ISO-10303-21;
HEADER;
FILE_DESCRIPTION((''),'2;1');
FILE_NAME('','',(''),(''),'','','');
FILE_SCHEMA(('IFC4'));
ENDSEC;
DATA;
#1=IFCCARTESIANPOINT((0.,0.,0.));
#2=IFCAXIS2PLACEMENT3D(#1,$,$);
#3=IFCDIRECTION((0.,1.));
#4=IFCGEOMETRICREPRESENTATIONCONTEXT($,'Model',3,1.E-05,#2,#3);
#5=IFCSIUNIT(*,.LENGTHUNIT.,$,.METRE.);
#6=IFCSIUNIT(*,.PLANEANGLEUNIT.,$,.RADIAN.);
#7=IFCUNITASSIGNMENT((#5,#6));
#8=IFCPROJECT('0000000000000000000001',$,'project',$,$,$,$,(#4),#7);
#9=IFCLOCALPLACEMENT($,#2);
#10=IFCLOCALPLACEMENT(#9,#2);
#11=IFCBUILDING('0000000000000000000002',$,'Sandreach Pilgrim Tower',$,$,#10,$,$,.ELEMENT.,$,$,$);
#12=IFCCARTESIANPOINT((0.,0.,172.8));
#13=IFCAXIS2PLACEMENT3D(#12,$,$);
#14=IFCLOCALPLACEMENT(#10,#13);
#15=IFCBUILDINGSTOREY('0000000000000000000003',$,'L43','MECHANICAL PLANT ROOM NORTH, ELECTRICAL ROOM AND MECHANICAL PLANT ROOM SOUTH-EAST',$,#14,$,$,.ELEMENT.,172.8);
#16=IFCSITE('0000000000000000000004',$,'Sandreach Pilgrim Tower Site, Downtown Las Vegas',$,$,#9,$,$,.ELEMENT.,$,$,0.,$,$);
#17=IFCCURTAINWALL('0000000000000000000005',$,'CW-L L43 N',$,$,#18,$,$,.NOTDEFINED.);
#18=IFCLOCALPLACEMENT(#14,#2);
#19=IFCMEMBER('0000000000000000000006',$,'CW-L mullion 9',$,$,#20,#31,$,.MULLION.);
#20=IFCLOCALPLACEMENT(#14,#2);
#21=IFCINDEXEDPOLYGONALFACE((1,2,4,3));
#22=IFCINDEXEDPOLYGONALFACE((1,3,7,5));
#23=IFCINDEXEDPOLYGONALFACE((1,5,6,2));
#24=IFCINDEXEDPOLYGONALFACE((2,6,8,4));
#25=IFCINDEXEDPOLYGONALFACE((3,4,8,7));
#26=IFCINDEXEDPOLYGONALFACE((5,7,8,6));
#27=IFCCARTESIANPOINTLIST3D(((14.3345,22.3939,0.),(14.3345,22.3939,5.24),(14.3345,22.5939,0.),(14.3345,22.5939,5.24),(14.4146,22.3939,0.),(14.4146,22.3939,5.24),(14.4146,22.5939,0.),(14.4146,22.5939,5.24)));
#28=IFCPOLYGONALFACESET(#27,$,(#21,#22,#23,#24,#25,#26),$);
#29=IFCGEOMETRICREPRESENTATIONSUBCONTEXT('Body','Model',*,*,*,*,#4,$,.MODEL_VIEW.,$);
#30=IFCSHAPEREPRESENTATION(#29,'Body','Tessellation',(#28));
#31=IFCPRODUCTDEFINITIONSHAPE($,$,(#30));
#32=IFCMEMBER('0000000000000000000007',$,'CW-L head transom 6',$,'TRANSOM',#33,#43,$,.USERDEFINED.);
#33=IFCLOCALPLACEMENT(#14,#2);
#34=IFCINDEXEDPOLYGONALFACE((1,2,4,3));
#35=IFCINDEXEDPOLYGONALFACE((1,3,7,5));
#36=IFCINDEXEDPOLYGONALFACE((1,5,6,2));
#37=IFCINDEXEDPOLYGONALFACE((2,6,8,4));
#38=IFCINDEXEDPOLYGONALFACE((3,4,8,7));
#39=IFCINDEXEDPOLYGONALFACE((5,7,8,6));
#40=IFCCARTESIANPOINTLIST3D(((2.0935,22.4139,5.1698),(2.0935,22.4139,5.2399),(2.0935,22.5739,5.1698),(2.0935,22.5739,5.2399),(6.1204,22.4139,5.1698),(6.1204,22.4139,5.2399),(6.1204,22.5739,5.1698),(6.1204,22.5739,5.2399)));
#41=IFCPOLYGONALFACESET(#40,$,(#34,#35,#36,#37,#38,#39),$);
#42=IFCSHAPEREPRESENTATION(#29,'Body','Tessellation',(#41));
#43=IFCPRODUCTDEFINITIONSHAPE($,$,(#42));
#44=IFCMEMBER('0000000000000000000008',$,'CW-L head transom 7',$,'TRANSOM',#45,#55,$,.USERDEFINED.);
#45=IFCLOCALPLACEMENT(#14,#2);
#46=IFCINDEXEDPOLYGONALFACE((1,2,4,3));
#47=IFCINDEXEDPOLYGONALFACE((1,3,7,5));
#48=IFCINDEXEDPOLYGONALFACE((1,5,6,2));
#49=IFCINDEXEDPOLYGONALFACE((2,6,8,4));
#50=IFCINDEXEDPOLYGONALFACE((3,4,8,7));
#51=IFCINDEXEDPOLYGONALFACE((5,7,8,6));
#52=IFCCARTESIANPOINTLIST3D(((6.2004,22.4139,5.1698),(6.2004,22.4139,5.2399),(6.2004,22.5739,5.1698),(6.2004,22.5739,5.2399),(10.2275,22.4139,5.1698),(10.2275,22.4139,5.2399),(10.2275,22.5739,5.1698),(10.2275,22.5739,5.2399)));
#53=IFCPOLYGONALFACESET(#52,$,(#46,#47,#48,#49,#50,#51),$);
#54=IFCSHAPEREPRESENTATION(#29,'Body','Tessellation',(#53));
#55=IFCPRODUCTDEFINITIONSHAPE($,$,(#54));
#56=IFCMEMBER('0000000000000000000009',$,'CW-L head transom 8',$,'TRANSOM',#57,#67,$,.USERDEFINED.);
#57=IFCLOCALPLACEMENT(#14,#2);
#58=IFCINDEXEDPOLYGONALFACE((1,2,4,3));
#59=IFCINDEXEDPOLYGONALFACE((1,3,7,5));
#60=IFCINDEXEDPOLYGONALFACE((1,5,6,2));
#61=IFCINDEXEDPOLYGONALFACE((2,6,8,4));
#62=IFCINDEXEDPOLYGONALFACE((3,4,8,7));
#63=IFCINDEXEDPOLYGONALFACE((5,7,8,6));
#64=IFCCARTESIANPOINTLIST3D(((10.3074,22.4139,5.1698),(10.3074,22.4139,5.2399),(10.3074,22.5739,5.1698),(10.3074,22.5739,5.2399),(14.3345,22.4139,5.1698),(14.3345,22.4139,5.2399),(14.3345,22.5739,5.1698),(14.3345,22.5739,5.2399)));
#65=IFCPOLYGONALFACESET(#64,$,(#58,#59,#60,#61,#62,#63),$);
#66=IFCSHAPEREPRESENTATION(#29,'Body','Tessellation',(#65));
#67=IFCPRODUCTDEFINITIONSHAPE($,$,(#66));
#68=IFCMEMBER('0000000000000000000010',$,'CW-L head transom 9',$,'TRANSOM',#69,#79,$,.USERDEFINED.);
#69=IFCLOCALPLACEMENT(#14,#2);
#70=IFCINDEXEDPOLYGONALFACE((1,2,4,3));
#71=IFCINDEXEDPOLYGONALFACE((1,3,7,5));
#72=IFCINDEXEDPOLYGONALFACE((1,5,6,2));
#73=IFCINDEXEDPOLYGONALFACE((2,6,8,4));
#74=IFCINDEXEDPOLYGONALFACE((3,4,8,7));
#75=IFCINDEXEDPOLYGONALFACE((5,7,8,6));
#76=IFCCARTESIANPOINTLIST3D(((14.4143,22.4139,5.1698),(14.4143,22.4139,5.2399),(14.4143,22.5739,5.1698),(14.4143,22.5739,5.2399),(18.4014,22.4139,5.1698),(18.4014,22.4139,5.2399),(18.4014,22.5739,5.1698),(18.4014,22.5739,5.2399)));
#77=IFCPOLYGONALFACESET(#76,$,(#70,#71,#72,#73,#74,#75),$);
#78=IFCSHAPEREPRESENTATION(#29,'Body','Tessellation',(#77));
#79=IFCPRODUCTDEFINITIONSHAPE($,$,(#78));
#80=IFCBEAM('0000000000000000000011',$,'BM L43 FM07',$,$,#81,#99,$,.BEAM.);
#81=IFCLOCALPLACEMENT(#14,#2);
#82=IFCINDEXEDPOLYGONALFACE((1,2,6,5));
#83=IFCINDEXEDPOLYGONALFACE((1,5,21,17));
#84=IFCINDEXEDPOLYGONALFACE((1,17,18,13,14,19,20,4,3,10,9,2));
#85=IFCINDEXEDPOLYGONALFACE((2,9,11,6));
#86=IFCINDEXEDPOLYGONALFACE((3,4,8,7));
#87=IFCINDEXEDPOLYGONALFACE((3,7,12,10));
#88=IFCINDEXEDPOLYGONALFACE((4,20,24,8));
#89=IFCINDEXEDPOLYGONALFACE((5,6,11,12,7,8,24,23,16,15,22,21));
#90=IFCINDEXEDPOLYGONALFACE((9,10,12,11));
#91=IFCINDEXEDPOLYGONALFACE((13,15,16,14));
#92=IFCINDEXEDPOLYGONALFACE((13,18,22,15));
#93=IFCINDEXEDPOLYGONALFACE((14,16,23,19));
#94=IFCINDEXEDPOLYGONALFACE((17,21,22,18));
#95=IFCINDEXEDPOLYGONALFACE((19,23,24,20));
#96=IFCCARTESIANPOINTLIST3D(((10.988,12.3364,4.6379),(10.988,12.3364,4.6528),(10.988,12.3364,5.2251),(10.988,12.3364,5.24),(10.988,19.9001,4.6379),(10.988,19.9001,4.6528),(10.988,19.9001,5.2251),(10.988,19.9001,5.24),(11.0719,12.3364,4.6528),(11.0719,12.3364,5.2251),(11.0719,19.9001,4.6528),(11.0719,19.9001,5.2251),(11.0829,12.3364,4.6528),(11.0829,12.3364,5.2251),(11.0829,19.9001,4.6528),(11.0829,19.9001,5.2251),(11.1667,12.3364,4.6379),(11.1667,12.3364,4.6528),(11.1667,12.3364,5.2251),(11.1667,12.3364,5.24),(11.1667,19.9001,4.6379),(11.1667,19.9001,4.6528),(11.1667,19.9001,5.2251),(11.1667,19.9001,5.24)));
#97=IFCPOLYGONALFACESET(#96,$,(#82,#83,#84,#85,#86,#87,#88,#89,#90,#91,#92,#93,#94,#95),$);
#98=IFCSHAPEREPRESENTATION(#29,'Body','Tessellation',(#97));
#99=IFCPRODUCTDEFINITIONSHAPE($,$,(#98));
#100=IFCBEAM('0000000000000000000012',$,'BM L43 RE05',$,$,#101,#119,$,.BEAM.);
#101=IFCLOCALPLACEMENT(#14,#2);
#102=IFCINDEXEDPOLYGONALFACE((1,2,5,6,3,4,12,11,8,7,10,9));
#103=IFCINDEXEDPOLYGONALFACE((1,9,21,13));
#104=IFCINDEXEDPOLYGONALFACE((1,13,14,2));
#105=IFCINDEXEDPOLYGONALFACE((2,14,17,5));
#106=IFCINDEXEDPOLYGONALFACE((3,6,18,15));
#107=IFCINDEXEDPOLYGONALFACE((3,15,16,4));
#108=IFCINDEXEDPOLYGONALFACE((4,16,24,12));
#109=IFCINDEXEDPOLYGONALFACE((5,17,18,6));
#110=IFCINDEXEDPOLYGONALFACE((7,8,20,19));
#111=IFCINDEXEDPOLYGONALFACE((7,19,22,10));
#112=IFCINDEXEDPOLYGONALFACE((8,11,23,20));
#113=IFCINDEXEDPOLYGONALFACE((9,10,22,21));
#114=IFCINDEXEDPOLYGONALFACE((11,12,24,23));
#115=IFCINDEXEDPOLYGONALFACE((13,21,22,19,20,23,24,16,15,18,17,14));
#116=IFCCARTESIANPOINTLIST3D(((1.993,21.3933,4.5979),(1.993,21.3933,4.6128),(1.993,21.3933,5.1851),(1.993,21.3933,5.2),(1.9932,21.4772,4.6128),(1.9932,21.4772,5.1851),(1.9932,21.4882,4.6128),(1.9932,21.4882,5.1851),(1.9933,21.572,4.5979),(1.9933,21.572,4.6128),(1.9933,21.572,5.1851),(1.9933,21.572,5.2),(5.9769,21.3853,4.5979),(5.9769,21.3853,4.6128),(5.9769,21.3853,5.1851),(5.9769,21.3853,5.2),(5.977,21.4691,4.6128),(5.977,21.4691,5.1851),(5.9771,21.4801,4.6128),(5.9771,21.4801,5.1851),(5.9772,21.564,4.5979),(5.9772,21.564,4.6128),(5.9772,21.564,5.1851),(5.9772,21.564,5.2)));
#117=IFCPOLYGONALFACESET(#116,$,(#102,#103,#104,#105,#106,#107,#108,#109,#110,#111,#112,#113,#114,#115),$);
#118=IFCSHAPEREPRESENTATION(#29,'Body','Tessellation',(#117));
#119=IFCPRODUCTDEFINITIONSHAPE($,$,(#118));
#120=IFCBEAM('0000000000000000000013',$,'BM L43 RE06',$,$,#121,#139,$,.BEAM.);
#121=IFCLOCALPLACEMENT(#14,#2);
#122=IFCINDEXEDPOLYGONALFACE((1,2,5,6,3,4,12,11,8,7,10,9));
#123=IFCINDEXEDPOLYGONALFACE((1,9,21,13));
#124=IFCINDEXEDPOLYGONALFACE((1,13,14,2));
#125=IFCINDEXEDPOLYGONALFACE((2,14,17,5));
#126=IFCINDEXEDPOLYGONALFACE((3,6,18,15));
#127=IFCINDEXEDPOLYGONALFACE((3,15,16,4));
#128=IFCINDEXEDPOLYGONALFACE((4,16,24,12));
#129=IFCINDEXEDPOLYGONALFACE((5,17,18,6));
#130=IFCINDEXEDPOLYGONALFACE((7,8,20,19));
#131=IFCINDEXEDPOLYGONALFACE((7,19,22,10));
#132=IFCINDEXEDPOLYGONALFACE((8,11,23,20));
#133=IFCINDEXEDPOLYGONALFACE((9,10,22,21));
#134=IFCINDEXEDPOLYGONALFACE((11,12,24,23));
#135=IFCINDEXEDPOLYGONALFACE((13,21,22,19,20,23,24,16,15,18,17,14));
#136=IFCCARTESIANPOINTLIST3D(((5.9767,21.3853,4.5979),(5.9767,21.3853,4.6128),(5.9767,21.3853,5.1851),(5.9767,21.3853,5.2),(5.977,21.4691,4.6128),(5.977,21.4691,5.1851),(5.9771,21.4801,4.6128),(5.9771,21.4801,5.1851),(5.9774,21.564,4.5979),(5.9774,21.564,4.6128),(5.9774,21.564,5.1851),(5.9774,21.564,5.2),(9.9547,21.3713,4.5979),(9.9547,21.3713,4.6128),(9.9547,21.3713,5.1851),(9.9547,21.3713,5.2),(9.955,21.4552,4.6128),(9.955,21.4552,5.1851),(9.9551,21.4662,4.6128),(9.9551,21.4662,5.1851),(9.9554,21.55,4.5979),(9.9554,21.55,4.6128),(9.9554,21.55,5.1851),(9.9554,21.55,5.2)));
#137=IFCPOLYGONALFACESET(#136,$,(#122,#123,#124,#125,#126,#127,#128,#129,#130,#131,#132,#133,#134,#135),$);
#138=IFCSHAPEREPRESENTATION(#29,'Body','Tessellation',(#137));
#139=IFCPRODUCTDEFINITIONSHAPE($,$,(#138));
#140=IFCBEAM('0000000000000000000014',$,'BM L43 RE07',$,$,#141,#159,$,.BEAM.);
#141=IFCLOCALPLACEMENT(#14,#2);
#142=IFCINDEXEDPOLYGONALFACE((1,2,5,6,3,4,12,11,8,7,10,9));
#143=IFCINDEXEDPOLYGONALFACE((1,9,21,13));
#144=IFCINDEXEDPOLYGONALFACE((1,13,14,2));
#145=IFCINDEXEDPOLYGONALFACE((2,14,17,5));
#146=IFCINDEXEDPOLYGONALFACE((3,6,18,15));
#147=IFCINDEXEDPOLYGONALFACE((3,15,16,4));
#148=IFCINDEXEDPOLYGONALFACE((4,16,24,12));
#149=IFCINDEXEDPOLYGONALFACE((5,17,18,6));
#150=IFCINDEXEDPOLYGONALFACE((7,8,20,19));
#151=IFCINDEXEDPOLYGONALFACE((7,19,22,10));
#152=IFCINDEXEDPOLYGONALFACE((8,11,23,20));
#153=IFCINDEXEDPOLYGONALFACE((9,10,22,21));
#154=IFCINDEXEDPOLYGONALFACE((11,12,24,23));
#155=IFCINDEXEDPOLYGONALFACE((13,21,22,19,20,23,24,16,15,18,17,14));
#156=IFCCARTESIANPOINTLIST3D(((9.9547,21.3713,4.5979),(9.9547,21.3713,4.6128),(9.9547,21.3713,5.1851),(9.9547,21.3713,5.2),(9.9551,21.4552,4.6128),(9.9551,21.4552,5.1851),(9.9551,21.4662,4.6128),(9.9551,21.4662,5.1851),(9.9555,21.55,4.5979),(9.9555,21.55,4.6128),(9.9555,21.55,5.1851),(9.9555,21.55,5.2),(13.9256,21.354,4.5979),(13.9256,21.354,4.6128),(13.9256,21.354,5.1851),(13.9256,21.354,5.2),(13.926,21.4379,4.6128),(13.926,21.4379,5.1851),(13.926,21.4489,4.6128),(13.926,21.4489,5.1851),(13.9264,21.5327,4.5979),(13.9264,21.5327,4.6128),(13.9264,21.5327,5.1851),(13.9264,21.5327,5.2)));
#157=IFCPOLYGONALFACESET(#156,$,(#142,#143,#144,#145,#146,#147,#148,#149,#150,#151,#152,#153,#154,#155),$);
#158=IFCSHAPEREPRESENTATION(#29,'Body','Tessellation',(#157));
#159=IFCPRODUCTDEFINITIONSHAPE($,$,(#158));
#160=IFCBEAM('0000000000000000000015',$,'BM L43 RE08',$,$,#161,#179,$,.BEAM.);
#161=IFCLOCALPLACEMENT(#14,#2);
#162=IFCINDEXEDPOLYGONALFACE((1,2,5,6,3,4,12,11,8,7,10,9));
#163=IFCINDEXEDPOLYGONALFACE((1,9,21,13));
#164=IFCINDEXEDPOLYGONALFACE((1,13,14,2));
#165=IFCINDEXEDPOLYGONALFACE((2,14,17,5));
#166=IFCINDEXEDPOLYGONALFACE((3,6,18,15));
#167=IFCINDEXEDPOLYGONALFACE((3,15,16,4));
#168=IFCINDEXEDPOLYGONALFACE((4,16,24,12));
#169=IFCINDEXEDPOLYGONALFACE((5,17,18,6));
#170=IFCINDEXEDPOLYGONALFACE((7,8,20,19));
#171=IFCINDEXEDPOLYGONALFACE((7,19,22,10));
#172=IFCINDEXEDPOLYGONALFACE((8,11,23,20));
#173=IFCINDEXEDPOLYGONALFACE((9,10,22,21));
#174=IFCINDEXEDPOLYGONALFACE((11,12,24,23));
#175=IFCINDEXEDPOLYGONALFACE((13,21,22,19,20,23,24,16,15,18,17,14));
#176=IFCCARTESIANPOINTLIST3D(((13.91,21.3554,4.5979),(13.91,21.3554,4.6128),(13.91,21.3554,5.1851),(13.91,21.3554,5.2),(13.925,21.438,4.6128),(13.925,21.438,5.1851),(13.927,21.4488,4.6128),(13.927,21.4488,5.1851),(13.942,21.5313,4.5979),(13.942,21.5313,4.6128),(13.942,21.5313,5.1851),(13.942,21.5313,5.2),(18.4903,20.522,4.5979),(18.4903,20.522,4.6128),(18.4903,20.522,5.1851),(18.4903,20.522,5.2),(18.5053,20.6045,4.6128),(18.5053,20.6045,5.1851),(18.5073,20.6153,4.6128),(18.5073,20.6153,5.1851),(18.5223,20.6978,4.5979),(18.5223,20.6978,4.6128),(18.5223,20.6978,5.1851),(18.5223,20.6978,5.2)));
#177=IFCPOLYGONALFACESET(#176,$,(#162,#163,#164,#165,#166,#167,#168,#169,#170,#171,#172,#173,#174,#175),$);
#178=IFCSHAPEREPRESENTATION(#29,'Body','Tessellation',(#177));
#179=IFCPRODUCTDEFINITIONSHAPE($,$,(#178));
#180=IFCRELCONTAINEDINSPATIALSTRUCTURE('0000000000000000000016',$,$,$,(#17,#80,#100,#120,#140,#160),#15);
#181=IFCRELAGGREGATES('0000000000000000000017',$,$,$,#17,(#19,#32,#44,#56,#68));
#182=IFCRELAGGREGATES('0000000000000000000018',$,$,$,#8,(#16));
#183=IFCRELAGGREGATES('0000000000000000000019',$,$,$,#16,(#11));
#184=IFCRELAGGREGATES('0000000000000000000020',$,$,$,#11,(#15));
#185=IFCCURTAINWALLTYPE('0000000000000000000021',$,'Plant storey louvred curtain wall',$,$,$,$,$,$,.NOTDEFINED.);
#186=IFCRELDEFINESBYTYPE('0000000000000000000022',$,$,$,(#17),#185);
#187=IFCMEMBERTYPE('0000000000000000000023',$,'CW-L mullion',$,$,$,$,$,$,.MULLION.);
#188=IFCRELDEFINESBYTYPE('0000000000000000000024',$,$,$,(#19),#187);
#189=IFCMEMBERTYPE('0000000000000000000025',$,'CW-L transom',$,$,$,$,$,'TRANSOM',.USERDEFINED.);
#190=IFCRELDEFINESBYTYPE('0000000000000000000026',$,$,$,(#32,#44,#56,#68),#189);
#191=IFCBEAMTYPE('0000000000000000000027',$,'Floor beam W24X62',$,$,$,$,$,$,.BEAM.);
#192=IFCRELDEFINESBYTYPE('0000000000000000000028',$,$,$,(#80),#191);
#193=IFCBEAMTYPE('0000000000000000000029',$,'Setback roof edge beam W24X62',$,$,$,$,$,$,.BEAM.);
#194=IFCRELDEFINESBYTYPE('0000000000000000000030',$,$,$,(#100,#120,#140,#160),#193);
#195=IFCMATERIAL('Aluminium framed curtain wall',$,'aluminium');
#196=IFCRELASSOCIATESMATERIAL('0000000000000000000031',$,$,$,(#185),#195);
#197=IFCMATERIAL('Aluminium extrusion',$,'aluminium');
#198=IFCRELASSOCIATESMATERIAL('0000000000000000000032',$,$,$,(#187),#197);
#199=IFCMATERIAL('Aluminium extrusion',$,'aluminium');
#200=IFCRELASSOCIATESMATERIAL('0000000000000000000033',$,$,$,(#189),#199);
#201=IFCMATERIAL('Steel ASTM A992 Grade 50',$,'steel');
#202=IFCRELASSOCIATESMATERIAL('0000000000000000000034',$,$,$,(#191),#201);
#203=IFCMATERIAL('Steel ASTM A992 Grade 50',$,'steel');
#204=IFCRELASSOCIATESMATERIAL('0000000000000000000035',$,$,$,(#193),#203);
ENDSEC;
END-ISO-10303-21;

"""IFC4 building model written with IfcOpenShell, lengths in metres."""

from ifc_helpers import new_model, si_unit, direction, frame, origin, origin_2d, place, context, subcontext, project, spatial, rectangle, i_section, extrude, material, material_profile, profile_set, type_object, element, aggregate, save


model = new_model("IFC4")

# Units and contexts
model_context = context("Model", 3, precision=1e-05, world=origin(), true_north=direction((0.0, 1.0)))
body_context = subcontext(model_context, "Body", "Model", "MODEL_VIEW")
ifc_project = project(units=[si_unit("LENGTHUNIT", "METRE"), si_unit("PLANEANGLEUNIT", "RADIAN")], contexts=[model_context])

# Site, building, storey
site_placement = place(None, origin())
site = spatial("IfcSite", under=ifc_project, at=site_placement, Name="Sandreach Pilgrim Tower Site, Downtown Las Vegas", CompositionType="ELEMENT", RefElevation=0.0)
building_placement = place(site_placement, origin())
building = spatial("IfcBuilding", under=site, at=building_placement, Name="Sandreach Pilgrim Tower", CompositionType="ELEMENT")
storey_placement = place(building_placement, frame((0.0, 0.0, 172.8)))
storey = spatial("IfcBuildingStorey", under=building, at=storey_placement, Name="L43", Description="MECHANICAL PLANT ROOM NORTH, ELECTRICAL ROOM AND MECHANICAL PLANT ROOM SOUTH-EAST", CompositionType="ELEMENT", Elevation=172.8)

# Curtain wall, members
ifc_material_1 = material(Name="Aluminium framed curtain wall", Category="aluminium")
curtain_wall_type = type_object("IfcCurtainWallType", Name="Plant storey louvred curtain wall", PredefinedType="NOTDEFINED", material=ifc_material_1)
curtain_wall_placement = place(storey_placement, origin())
curtain_wall = element("IfcCurtainWall", 1, at=curtain_wall_placement, inside=storey, type_object=curtain_wall_type, Name="CW-L L43 N", PredefinedType="NOTDEFINED")
ifc_material_2 = material(Name="Aluminium extrusion", Category="aluminium")
ifc_material_profile_1 = material_profile(ifc_material_2, rectangle(XDim=0.0801, YDim=0.2, at=origin_2d()), Name="CW-LM 80X200")
ifc_profile_set_1 = profile_set([ifc_material_profile_1], Name="Aluminium extrusion")
member_type_1 = type_object("IfcMemberType", Name="CW-L mullion", PredefinedType="MULLION", material=ifc_profile_set_1)
member_1_placement = place(storey_placement, frame((14.3745, 22.4939, 0.0), z_axis=(0.0, 0.0, 1.0), x_axis=(1.0, 0.0, 0.0)))
member_1 = element("IfcMember", 2, at=member_1_placement, type_object=member_type_1, Name="CW-L mullion 9", PredefinedType="MULLION", context=body_context, shape_type="SweptSolid", body=[
    extrude(rectangle(XDim=0.0801, YDim=0.2, at=origin_2d()), origin(), (0.0, 0.0, 1.0), 5.24),
])
ifc_material_3 = material(Name="Aluminium extrusion", Category="aluminium")
ifc_material_profile_2 = material_profile(ifc_material_3, rectangle(XDim=0.1599, YDim=0.0701, at=origin_2d()), Name="CW-LT 160X70")
ifc_profile_set_2 = profile_set([ifc_material_profile_2], Name="Aluminium extrusion")
member_type_2 = type_object("IfcMemberType", Name="CW-L transom", ElementType="TRANSOM", PredefinedType="USERDEFINED", material=ifc_profile_set_2)
member_2_placement = place(storey_placement, frame((2.0935, 22.4939, 5.2048), z_axis=(1.0, 0.0, 0.0), x_axis=(0.0, 1.0, 0.0)))
member_2 = element("IfcMember", 3, at=member_2_placement, type_object=member_type_2, Name="CW-L head transom 6", ObjectType="TRANSOM", PredefinedType="USERDEFINED", context=body_context, shape_type="SweptSolid", body=[
    extrude(rectangle(XDim=0.1599, YDim=0.0701, at=origin_2d()), origin(), (0.0, 0.0, 1.0), 4.0269),
])
member_3_placement = place(storey_placement, frame((6.2004, 22.4939, 5.2048), z_axis=(1.0, 0.0, 0.0), x_axis=(0.0, 1.0, 0.0)))
member_3 = element("IfcMember", 4, at=member_3_placement, type_object=member_type_2, Name="CW-L head transom 7", ObjectType="TRANSOM", PredefinedType="USERDEFINED", context=body_context, shape_type="SweptSolid", body=[
    extrude(rectangle(XDim=0.1599, YDim=0.0701, at=origin_2d()), origin(), (0.0, 0.0, 1.0), 4.0271),
])
member_4_placement = place(storey_placement, frame((10.3074, 22.4939, 5.2048), z_axis=(1.0, 0.0, 0.0), x_axis=(0.0, 1.0, 0.0)))
member_4 = element("IfcMember", 5, at=member_4_placement, type_object=member_type_2, Name="CW-L head transom 8", ObjectType="TRANSOM", PredefinedType="USERDEFINED", context=body_context, shape_type="SweptSolid", body=[
    extrude(rectangle(XDim=0.1599, YDim=0.0701, at=origin_2d()), origin(), (0.0, 0.0, 1.0), 4.0271),
])
member_5_placement = place(storey_placement, frame((14.4143, 22.4939, 5.2048), z_axis=(1.0, 0.0, 0.0), x_axis=(0.0, 1.0, 0.0)))
member_5 = element("IfcMember", 6, at=member_5_placement, type_object=member_type_2, Name="CW-L head transom 9", ObjectType="TRANSOM", PredefinedType="USERDEFINED", context=body_context, shape_type="SweptSolid", body=[
    extrude(rectangle(XDim=0.1599, YDim=0.0701, at=origin_2d()), origin(), (0.0, 0.0, 1.0), 3.9871),
])

# Beams
ifc_material_4 = material(Name="Steel ASTM A992 Grade 50", Category="steel")
ifc_material_profile_3 = material_profile(ifc_material_4, i_section(OverallWidth=0.1787, OverallDepth=0.6021, WebThickness=0.011, FlangeThickness=0.0149, at=origin_2d()), Name="W24X62")
ifc_profile_set_3 = profile_set([ifc_material_profile_3], Name="Steel ASTM A992 Grade 50")
beam_type_1 = type_object("IfcBeamType", Name="Floor beam W24X62", PredefinedType="BEAM", material=ifc_profile_set_3)
beam_1_placement = place(storey_placement, frame((11.0774, 19.9001, 4.939), z_axis=(0.0, -1.0, 0.0), x_axis=(1.0, 0.0, 0.0)))
element("IfcBeam", 7, at=beam_1_placement, inside=storey, type_object=beam_type_1, Name="BM L43 FM07", PredefinedType="BEAM", context=body_context, shape_type="SweptSolid", body=[
    extrude(i_section(OverallWidth=0.1787, OverallDepth=0.6021, WebThickness=0.011, FlangeThickness=0.0149, at=origin_2d()), origin(), (0.0, 0.0, 1.0), 7.5637),
])
ifc_material_5 = material(Name="Steel ASTM A992 Grade 50", Category="steel")
ifc_material_profile_4 = material_profile(ifc_material_5, i_section(OverallWidth=0.1787, OverallDepth=0.6021, WebThickness=0.011, FlangeThickness=0.0149, at=origin_2d()), Name="W24X62")
ifc_profile_set_4 = profile_set([ifc_material_profile_4], Name="Steel ASTM A992 Grade 50")
beam_type_2 = type_object("IfcBeamType", Name="Setback roof edge beam W24X62", PredefinedType="BEAM", material=ifc_profile_set_4)
beam_2_placement = place(storey_placement, frame((1.9932, 21.4827, 4.8989), z_axis=(0.999998, -0.002022, 0.0), x_axis=(0.002022, 0.999998, 0.0)))
element("IfcBeam", 8, at=beam_2_placement, inside=storey, type_object=beam_type_2, Name="BM L43 RE05", PredefinedType="BEAM", context=body_context, shape_type="SweptSolid", body=[
    extrude(i_section(OverallWidth=0.1787, OverallDepth=0.6021, WebThickness=0.011, FlangeThickness=0.0149, at=origin_2d()), origin(), (0.0, 0.0, 1.0), 3.9839),
])
beam_3_placement = place(storey_placement, frame((5.9771, 21.4746, 4.8989), z_axis=(0.999994, -0.003498, 0.0), x_axis=(0.003498, 0.999994, 0.0)))
element("IfcBeam", 9, at=beam_3_placement, inside=storey, type_object=beam_type_2, Name="BM L43 RE06", PredefinedType="BEAM", context=body_context, shape_type="SweptSolid", body=[
    extrude(i_section(OverallWidth=0.1787, OverallDepth=0.6021, WebThickness=0.011, FlangeThickness=0.0149, at=origin_2d()), origin(), (0.0, 0.0, 1.0), 3.978),
])
beam_4_placement = place(storey_placement, frame((9.9551, 21.4607, 4.8989), z_axis=(0.99999, -0.004365, 0.0), x_axis=(0.004365, 0.99999, 0.0)))
element("IfcBeam", 10, at=beam_4_placement, inside=storey, type_object=beam_type_2, Name="BM L43 RE07", PredefinedType="BEAM", context=body_context, shape_type="SweptSolid", body=[
    extrude(i_section(OverallWidth=0.1787, OverallDepth=0.6021, WebThickness=0.011, FlangeThickness=0.0149, at=origin_2d()), origin(), (0.0, 0.0, 1.0), 3.9709),
])
beam_5_placement = place(storey_placement, frame((13.926, 21.4434, 4.8989), z_axis=(0.983843, -0.179033, 0.0), x_axis=(0.179033, 0.983843, 0.0)))
element("IfcBeam", 11, at=beam_5_placement, inside=storey, type_object=beam_type_2, Name="BM L43 RE08", PredefinedType="BEAM", context=body_context, shape_type="SweptSolid", body=[
    extrude(i_section(OverallWidth=0.1787, OverallDepth=0.6021, WebThickness=0.011, FlangeThickness=0.0149, at=origin_2d()), origin(), (0.0, 0.0, 1.0), 4.6555),
])

aggregate(curtain_wall, [member_1, member_2, member_3, member_4, member_5])

save(model, "model.ifc")
